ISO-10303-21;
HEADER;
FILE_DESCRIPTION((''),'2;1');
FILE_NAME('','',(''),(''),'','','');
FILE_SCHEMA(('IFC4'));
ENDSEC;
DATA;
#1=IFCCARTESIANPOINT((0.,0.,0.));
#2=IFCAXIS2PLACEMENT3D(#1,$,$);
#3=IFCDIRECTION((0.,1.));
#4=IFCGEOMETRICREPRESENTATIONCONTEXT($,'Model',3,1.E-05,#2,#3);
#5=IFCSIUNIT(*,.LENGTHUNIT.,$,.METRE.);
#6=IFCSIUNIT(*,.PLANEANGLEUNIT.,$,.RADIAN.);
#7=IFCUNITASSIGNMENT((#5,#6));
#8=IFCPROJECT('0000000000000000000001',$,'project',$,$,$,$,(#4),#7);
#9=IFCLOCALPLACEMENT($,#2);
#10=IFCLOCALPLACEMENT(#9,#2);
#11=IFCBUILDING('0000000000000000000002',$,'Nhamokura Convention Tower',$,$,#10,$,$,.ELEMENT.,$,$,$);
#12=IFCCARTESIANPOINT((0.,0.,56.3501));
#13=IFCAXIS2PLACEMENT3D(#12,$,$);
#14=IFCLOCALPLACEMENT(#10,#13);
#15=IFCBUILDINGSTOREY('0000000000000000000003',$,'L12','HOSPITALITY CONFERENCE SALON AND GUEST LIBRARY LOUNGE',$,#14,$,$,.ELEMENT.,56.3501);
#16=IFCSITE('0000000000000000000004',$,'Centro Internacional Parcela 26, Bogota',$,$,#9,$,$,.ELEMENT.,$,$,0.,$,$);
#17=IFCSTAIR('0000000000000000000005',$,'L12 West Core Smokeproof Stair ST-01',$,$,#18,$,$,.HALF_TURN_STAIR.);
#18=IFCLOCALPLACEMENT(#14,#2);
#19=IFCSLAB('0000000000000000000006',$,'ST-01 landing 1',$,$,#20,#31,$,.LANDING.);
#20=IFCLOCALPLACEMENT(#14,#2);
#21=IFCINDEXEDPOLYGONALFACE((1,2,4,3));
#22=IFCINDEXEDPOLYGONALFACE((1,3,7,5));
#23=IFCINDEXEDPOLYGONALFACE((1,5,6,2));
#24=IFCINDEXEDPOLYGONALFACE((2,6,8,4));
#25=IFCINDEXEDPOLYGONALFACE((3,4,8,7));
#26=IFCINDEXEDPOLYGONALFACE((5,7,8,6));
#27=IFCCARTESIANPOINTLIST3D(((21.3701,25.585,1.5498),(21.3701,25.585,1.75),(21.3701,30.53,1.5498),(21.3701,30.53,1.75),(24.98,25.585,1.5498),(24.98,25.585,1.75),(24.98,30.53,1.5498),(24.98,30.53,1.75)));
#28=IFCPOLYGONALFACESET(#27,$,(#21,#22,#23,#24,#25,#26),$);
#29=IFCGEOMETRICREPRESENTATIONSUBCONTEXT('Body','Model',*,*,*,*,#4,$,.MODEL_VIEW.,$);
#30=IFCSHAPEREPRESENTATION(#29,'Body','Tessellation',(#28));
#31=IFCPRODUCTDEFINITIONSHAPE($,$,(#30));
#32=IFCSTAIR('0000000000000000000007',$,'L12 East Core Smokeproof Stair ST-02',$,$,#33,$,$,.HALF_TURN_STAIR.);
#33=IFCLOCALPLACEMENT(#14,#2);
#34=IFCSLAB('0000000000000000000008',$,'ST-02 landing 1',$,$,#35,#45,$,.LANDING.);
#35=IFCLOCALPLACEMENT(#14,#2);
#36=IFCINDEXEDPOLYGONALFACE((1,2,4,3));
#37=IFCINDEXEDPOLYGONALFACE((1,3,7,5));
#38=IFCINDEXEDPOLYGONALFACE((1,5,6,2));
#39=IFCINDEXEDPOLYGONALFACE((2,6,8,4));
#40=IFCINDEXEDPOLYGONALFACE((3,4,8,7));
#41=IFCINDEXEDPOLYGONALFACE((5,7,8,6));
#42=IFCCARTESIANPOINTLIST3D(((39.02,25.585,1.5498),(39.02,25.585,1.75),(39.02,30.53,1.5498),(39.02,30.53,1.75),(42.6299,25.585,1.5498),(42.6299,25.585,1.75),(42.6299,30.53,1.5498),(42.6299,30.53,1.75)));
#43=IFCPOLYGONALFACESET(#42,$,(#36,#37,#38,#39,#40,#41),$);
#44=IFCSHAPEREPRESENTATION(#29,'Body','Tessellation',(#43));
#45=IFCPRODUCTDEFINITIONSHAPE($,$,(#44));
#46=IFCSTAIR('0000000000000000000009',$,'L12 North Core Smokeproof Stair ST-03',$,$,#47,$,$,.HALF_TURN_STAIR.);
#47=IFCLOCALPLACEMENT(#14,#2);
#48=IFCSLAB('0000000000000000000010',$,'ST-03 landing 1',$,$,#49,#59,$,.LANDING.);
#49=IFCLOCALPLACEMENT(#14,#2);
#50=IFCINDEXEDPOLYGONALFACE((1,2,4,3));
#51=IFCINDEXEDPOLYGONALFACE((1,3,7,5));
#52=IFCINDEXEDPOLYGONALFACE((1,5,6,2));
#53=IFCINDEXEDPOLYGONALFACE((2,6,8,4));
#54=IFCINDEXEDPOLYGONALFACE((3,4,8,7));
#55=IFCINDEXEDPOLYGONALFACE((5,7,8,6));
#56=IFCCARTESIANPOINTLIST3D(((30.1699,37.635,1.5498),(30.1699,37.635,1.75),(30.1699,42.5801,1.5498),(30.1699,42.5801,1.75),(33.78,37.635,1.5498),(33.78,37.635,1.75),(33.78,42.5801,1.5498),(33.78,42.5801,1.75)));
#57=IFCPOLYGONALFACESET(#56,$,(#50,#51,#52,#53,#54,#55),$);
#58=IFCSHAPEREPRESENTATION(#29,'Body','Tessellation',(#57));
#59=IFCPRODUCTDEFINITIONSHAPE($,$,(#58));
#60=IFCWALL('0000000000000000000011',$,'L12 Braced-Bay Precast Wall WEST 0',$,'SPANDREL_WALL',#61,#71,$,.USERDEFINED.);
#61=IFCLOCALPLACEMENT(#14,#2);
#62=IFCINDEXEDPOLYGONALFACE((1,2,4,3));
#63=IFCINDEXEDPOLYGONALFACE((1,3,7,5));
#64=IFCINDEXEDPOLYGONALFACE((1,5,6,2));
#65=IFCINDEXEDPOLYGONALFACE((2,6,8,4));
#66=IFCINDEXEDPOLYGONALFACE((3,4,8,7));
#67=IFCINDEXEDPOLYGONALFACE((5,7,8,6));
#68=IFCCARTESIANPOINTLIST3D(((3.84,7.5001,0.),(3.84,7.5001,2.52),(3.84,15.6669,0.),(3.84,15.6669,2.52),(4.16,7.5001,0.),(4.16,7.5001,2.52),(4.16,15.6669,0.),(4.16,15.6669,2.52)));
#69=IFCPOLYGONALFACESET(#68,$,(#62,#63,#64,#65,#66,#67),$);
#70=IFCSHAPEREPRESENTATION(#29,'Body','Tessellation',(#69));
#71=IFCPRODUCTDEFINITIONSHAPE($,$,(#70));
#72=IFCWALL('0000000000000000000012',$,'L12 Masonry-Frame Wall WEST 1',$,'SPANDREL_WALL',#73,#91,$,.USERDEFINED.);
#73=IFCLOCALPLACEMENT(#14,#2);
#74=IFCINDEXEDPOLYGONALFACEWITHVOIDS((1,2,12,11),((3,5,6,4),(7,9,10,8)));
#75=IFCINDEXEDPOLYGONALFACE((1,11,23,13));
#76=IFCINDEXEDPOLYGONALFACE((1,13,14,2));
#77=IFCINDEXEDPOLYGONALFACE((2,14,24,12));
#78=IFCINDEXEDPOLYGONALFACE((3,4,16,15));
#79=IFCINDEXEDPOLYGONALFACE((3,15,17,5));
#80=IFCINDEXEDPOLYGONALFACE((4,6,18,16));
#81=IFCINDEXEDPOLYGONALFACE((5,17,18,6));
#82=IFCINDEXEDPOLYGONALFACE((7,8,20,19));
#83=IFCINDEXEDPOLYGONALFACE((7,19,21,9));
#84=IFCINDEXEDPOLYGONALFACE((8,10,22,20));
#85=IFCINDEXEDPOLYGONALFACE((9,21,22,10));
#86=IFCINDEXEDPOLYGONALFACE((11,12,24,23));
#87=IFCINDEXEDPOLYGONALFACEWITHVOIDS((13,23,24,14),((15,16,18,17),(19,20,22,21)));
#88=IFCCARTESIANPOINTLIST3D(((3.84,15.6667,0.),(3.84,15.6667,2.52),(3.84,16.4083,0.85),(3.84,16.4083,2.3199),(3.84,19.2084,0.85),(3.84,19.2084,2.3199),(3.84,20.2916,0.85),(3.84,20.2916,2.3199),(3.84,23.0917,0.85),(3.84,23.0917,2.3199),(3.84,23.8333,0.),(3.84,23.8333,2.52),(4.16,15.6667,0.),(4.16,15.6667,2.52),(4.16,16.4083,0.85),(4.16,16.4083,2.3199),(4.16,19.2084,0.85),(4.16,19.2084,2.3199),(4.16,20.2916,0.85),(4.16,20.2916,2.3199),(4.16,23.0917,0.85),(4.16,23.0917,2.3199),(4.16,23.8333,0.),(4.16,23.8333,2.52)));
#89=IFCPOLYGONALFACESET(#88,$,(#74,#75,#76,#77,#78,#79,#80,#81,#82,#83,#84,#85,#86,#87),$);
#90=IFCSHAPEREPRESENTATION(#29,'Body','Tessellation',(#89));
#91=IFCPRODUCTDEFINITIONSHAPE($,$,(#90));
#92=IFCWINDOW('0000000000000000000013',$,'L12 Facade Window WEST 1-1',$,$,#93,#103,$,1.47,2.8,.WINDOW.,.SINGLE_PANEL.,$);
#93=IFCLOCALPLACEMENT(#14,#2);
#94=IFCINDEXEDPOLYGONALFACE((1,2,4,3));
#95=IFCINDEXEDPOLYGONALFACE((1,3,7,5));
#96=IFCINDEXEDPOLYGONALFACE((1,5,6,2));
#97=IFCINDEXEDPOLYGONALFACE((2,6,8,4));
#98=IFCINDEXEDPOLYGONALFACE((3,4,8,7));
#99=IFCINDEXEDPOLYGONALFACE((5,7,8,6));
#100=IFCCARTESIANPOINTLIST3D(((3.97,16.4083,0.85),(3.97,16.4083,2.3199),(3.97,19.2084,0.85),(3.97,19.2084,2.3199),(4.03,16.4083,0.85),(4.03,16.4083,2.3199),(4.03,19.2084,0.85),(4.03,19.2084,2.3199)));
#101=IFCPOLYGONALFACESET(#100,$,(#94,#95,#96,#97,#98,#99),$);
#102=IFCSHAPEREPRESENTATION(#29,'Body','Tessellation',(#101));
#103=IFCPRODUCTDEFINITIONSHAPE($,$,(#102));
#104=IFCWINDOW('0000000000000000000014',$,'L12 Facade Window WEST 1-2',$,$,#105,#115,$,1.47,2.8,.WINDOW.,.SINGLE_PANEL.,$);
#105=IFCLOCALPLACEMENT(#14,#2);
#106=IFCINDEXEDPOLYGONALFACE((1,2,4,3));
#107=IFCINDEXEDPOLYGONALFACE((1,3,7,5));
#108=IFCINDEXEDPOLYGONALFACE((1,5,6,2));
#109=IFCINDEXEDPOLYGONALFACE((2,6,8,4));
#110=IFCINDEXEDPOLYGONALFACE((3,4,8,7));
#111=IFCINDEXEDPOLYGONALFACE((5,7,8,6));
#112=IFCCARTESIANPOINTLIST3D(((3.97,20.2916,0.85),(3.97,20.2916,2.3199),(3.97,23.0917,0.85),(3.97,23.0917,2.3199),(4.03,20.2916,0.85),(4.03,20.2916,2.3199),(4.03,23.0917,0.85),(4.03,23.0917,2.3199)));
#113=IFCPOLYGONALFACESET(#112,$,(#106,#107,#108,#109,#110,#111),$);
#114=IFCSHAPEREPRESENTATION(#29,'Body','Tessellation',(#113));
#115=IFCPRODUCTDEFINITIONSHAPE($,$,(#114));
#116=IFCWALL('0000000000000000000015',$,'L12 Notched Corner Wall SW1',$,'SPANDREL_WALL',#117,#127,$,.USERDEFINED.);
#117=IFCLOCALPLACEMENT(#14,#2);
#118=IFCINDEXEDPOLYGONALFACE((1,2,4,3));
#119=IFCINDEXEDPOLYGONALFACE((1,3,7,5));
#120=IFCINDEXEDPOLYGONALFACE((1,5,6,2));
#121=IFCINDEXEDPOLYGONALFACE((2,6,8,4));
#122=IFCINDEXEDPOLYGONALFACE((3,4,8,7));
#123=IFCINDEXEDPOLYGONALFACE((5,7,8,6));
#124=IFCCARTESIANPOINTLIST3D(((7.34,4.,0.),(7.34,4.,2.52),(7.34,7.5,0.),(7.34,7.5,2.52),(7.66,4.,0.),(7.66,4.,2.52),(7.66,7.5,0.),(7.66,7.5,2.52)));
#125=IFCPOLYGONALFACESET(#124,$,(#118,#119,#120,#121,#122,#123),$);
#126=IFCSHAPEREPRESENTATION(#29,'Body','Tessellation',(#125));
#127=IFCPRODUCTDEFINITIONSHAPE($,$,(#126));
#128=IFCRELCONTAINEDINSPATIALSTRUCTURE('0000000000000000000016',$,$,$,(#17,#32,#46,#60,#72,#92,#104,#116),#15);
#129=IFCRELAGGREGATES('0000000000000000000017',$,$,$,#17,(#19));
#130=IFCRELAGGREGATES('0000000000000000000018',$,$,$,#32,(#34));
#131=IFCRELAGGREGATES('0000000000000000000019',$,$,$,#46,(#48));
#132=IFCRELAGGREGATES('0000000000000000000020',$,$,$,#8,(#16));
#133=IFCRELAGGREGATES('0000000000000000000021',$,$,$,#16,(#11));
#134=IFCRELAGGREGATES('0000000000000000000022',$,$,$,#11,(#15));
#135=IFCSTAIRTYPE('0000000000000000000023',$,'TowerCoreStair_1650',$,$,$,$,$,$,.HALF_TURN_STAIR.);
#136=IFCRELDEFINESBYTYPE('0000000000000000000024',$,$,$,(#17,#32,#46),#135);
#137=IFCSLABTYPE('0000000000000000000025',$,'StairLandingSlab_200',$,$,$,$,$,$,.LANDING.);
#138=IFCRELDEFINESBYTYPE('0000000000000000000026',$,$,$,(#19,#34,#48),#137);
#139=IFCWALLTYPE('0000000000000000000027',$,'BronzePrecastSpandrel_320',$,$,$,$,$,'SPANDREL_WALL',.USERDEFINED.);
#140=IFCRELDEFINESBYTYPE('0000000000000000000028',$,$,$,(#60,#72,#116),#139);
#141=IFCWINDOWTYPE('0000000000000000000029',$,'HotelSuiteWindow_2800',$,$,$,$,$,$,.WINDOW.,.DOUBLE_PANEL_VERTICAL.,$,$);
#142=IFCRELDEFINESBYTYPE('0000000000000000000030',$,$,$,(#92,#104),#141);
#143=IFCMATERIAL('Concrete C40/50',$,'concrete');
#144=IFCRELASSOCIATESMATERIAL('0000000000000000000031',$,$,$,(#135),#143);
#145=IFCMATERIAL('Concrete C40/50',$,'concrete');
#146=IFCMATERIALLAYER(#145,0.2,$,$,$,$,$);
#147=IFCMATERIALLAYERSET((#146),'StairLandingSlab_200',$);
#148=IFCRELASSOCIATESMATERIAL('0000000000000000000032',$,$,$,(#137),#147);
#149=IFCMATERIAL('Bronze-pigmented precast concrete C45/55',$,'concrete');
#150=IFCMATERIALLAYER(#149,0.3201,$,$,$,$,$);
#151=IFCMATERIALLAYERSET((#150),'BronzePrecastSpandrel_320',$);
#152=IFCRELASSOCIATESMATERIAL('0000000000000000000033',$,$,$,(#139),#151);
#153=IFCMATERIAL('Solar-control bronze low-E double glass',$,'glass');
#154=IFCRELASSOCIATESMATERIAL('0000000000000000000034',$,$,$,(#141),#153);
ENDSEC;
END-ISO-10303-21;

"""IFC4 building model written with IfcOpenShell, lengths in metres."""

from ifc_helpers import new_model, si_unit, direction, frame, frame_2d, origin, place, context, subcontext, project, spatial, polyline, rectangle, outline, extrude, material, layer, layer_set, type_object, element, fill, aggregate, save


model = new_model("IFC4")

# Units and contexts
model_context = context("Model", 3, precision=1e-05, world=origin(), true_north=direction((0.0, 1.0)))
body_context = subcontext(model_context, "Body", "Model", "MODEL_VIEW")
ifc_project = project(units=[si_unit("LENGTHUNIT", "METRE"), si_unit("PLANEANGLEUNIT", "RADIAN")], contexts=[model_context])

# Site, building, storey
site_placement = place(None, origin())
site = spatial("IfcSite", under=ifc_project, at=site_placement, Name="Centro Internacional Parcela 26, Bogota", CompositionType="ELEMENT", RefElevation=0.0)
building_placement = place(site_placement, origin())
building = spatial("IfcBuilding", under=site, at=building_placement, Name="Nhamokura Convention Tower", CompositionType="ELEMENT")
storey_placement = place(building_placement, frame((0.0, 0.0, 56.3501)))
storey = spatial("IfcBuildingStorey", under=building, at=storey_placement, Name="L12", Description="HOSPITALITY CONFERENCE SALON AND GUEST LIBRARY LOUNGE", CompositionType="ELEMENT", Elevation=56.3501)

# Stairs, slabs
ifc_material_1 = material(Name="Concrete C40/50", Category="concrete")
stair_type = type_object("IfcStairType", Name="TowerCoreStair_1650", PredefinedType="HALF_TURN_STAIR", material=ifc_material_1)
stair_1_placement = place(storey_placement, origin())
stair_1 = element("IfcStair", 1, at=stair_1_placement, inside=storey, type_object=stair_type, Name="L12 West Core Smokeproof Stair ST-01", PredefinedType="HALF_TURN_STAIR")
ifc_material_2 = material(Name="Concrete C40/50", Category="concrete")
ifc_layer_1 = layer(ifc_material_2, 0.2)
ifc_layer_set_1 = layer_set([ifc_layer_1], Name="StairLandingSlab_200")
slab_type_1 = type_object("IfcSlabType", Name="StairLandingSlab_200", PredefinedType="LANDING", material=ifc_layer_set_1)
slab_1_placement = place(storey_placement, frame((0.0, 0.0, 1.5498)))
slab_1 = element("IfcSlab", 2, at=slab_1_placement, type_object=slab_type_1, Name="ST-01 landing 1", PredefinedType="LANDING", context=body_context, shape_type="SweptSolid", body=[
    extrude(outline(polyline([(24.98, 25.585), (24.98, 30.53), (21.3701, 30.53), (21.3701, 25.585), (24.98, 25.585)])), origin(), (0.0, 0.0, 1.0), 0.2002),
])
aggregate(stair_1, [slab_1])
stair_2_placement = place(storey_placement, origin())
stair_2 = element("IfcStair", 3, at=stair_2_placement, inside=storey, type_object=stair_type, Name="L12 East Core Smokeproof Stair ST-02", PredefinedType="HALF_TURN_STAIR")
slab_2_placement = place(storey_placement, frame((0.0, 0.0, 1.5498)))
slab_2 = element("IfcSlab", 4, at=slab_2_placement, type_object=slab_type_1, Name="ST-02 landing 1", PredefinedType="LANDING", context=body_context, shape_type="SweptSolid", body=[
    extrude(outline(polyline([(42.6299, 25.585), (42.6299, 30.53), (39.02, 30.53), (39.02, 25.585), (42.6299, 25.585)])), origin(), (0.0, 0.0, 1.0), 0.2002),
])
aggregate(stair_2, [slab_2])
stair_3_placement = place(storey_placement, origin())
stair_3 = element("IfcStair", 5, at=stair_3_placement, inside=storey, type_object=stair_type, Name="L12 North Core Smokeproof Stair ST-03", PredefinedType="HALF_TURN_STAIR")
slab_3_placement = place(storey_placement, frame((0.0, 0.0, 1.5498)))
slab_3 = element("IfcSlab", 6, at=slab_3_placement, type_object=slab_type_1, Name="ST-03 landing 1", PredefinedType="LANDING", context=body_context, shape_type="SweptSolid", body=[
    extrude(outline(polyline([(33.78, 37.635), (33.78, 42.5801), (30.1699, 42.5801), (30.1699, 37.635), (33.78, 37.635)])), origin(), (0.0, 0.0, 1.0), 0.2002),
])
aggregate(stair_3, [slab_3])

# Wall
ifc_material_3 = material(Name="Bronze-pigmented precast concrete C45/55", Category="concrete")
ifc_layer_2 = layer(ifc_material_3, 0.3201)
ifc_layer_set_2 = layer_set([ifc_layer_2], Name="BronzePrecastSpandrel_320")
wall_type = type_object("IfcWallType", Name="BronzePrecastSpandrel_320", ElementType="SPANDREL_WALL", PredefinedType="USERDEFINED", material=ifc_layer_set_2)
wall_1_placement = place(storey_placement, frame((4.0, 7.5, 0.0), z_axis=(0.0, 0.0, 1.0), x_axis=(0.0, 1.0, 0.0)))
element("IfcWall", 7, at=wall_1_placement, inside=storey, type_object=wall_type, Name="L12 Braced-Bay Precast Wall WEST 0", ObjectType="SPANDREL_WALL", PredefinedType="USERDEFINED", context=body_context, shape_type="SweptSolid", body=[
    extrude(rectangle(XDim=8.1667, YDim=0.3201, at=frame_2d((4.0835, 0.0))), origin(), (0.0, 0.0, 1.0), 2.52),
])

# Wall, openings, windows
wall_2_placement = place(storey_placement, frame((4.0, 15.6667, 0.0), z_axis=(0.0, 0.0, 1.0), x_axis=(0.0, 1.0, 0.0)))
wall_2 = element("IfcWall", 8, at=wall_2_placement, inside=storey, type_object=wall_type, Name="L12 Masonry-Frame Wall WEST 1", ObjectType="SPANDREL_WALL", PredefinedType="USERDEFINED", context=body_context, shape_type="SweptSolid", body=[
    extrude(rectangle(XDim=8.1665, YDim=0.3201, at=frame_2d((4.0833, 0.0))), origin(), (0.0, 0.0, 1.0), 2.52),
])
opening_1_placement = place(wall_2_placement, frame((0.7417, 0.0, 0.8501)))
opening_1 = element("IfcOpeningElement", 9, at=opening_1_placement, cuts=wall_2, PredefinedType="OPENING", context=body_context, shape_type="SweptSolid", body=[
    extrude(rectangle(XDim=2.8, YDim=1.47, at=frame_2d((1.3999, 0.7349))), frame((0.0, 0.1699, 0.0), z_axis=(0.0, -1.0, 0.0), x_axis=(1.0, 0.0, 0.0)), (0.0, 0.0, 1.0), 0.3401),
])
opening_2_placement = place(wall_2_placement, frame((4.625, 0.0, 0.8501)))
opening_2 = element("IfcOpeningElement", 10, at=opening_2_placement, cuts=wall_2, PredefinedType="OPENING", context=body_context, shape_type="SweptSolid", body=[
    extrude(rectangle(XDim=2.8, YDim=1.47, at=frame_2d((1.3999, 0.7349))), frame((0.0, 0.1699, 0.0), z_axis=(0.0, -1.0, 0.0), x_axis=(1.0, 0.0, 0.0)), (0.0, 0.0, 1.0), 0.3401),
])
ifc_material_4 = material(Name="Solar-control bronze low-E double glass", Category="glass")
window_type = type_object("IfcWindowType", Name="HotelSuiteWindow_2800", PartitioningType="DOUBLE_PANEL_VERTICAL", PredefinedType="WINDOW", material=ifc_material_4)
window_1_placement = place(opening_1_placement, origin())
window_1 = element("IfcWindow", 11, at=window_1_placement, inside=storey, type_object=window_type, Name="L12 Facade Window WEST 1-1", OverallHeight=1.47, OverallWidth=2.8, PartitioningType="SINGLE_PANEL", PredefinedType="WINDOW", context=body_context, shape_type="SweptSolid", body=[
    extrude(rectangle(XDim=2.8, YDim=1.47, at=frame_2d((1.3999, 0.7349))), frame((0.0, 0.03, 0.0), z_axis=(0.0, -1.0, 0.0), x_axis=(1.0, 0.0, 0.0)), (0.0, 0.0, 1.0), 0.0601),
])
fill(opening_1, window_1)
window_2_placement = place(opening_2_placement, origin())
window_2 = element("IfcWindow", 12, at=window_2_placement, inside=storey, type_object=window_type, Name="L12 Facade Window WEST 1-2", OverallHeight=1.47, OverallWidth=2.8, PartitioningType="SINGLE_PANEL", PredefinedType="WINDOW", context=body_context, shape_type="SweptSolid", body=[
    extrude(rectangle(XDim=2.8, YDim=1.47, at=frame_2d((1.3999, 0.7349))), frame((0.0, 0.03, 0.0), z_axis=(0.0, -1.0, 0.0), x_axis=(1.0, 0.0, 0.0)), (0.0, 0.0, 1.0), 0.0601),
])
fill(opening_2, window_2)

# Wall
wall_3_placement = place(storey_placement, frame((7.5, 4.0, 0.0), z_axis=(0.0, 0.0, 1.0), x_axis=(0.0, 1.0, 0.0)))
element("IfcWall", 13, at=wall_3_placement, inside=storey, type_object=wall_type, Name="L12 Notched Corner Wall SW1", ObjectType="SPANDREL_WALL", PredefinedType="USERDEFINED", context=body_context, shape_type="SweptSolid", body=[
    extrude(rectangle(XDim=3.5, YDim=0.3201, at=frame_2d((1.75, 0.0))), origin(), (0.0, 0.0, 1.0), 2.52),
])

save(model, "model.ifc")
